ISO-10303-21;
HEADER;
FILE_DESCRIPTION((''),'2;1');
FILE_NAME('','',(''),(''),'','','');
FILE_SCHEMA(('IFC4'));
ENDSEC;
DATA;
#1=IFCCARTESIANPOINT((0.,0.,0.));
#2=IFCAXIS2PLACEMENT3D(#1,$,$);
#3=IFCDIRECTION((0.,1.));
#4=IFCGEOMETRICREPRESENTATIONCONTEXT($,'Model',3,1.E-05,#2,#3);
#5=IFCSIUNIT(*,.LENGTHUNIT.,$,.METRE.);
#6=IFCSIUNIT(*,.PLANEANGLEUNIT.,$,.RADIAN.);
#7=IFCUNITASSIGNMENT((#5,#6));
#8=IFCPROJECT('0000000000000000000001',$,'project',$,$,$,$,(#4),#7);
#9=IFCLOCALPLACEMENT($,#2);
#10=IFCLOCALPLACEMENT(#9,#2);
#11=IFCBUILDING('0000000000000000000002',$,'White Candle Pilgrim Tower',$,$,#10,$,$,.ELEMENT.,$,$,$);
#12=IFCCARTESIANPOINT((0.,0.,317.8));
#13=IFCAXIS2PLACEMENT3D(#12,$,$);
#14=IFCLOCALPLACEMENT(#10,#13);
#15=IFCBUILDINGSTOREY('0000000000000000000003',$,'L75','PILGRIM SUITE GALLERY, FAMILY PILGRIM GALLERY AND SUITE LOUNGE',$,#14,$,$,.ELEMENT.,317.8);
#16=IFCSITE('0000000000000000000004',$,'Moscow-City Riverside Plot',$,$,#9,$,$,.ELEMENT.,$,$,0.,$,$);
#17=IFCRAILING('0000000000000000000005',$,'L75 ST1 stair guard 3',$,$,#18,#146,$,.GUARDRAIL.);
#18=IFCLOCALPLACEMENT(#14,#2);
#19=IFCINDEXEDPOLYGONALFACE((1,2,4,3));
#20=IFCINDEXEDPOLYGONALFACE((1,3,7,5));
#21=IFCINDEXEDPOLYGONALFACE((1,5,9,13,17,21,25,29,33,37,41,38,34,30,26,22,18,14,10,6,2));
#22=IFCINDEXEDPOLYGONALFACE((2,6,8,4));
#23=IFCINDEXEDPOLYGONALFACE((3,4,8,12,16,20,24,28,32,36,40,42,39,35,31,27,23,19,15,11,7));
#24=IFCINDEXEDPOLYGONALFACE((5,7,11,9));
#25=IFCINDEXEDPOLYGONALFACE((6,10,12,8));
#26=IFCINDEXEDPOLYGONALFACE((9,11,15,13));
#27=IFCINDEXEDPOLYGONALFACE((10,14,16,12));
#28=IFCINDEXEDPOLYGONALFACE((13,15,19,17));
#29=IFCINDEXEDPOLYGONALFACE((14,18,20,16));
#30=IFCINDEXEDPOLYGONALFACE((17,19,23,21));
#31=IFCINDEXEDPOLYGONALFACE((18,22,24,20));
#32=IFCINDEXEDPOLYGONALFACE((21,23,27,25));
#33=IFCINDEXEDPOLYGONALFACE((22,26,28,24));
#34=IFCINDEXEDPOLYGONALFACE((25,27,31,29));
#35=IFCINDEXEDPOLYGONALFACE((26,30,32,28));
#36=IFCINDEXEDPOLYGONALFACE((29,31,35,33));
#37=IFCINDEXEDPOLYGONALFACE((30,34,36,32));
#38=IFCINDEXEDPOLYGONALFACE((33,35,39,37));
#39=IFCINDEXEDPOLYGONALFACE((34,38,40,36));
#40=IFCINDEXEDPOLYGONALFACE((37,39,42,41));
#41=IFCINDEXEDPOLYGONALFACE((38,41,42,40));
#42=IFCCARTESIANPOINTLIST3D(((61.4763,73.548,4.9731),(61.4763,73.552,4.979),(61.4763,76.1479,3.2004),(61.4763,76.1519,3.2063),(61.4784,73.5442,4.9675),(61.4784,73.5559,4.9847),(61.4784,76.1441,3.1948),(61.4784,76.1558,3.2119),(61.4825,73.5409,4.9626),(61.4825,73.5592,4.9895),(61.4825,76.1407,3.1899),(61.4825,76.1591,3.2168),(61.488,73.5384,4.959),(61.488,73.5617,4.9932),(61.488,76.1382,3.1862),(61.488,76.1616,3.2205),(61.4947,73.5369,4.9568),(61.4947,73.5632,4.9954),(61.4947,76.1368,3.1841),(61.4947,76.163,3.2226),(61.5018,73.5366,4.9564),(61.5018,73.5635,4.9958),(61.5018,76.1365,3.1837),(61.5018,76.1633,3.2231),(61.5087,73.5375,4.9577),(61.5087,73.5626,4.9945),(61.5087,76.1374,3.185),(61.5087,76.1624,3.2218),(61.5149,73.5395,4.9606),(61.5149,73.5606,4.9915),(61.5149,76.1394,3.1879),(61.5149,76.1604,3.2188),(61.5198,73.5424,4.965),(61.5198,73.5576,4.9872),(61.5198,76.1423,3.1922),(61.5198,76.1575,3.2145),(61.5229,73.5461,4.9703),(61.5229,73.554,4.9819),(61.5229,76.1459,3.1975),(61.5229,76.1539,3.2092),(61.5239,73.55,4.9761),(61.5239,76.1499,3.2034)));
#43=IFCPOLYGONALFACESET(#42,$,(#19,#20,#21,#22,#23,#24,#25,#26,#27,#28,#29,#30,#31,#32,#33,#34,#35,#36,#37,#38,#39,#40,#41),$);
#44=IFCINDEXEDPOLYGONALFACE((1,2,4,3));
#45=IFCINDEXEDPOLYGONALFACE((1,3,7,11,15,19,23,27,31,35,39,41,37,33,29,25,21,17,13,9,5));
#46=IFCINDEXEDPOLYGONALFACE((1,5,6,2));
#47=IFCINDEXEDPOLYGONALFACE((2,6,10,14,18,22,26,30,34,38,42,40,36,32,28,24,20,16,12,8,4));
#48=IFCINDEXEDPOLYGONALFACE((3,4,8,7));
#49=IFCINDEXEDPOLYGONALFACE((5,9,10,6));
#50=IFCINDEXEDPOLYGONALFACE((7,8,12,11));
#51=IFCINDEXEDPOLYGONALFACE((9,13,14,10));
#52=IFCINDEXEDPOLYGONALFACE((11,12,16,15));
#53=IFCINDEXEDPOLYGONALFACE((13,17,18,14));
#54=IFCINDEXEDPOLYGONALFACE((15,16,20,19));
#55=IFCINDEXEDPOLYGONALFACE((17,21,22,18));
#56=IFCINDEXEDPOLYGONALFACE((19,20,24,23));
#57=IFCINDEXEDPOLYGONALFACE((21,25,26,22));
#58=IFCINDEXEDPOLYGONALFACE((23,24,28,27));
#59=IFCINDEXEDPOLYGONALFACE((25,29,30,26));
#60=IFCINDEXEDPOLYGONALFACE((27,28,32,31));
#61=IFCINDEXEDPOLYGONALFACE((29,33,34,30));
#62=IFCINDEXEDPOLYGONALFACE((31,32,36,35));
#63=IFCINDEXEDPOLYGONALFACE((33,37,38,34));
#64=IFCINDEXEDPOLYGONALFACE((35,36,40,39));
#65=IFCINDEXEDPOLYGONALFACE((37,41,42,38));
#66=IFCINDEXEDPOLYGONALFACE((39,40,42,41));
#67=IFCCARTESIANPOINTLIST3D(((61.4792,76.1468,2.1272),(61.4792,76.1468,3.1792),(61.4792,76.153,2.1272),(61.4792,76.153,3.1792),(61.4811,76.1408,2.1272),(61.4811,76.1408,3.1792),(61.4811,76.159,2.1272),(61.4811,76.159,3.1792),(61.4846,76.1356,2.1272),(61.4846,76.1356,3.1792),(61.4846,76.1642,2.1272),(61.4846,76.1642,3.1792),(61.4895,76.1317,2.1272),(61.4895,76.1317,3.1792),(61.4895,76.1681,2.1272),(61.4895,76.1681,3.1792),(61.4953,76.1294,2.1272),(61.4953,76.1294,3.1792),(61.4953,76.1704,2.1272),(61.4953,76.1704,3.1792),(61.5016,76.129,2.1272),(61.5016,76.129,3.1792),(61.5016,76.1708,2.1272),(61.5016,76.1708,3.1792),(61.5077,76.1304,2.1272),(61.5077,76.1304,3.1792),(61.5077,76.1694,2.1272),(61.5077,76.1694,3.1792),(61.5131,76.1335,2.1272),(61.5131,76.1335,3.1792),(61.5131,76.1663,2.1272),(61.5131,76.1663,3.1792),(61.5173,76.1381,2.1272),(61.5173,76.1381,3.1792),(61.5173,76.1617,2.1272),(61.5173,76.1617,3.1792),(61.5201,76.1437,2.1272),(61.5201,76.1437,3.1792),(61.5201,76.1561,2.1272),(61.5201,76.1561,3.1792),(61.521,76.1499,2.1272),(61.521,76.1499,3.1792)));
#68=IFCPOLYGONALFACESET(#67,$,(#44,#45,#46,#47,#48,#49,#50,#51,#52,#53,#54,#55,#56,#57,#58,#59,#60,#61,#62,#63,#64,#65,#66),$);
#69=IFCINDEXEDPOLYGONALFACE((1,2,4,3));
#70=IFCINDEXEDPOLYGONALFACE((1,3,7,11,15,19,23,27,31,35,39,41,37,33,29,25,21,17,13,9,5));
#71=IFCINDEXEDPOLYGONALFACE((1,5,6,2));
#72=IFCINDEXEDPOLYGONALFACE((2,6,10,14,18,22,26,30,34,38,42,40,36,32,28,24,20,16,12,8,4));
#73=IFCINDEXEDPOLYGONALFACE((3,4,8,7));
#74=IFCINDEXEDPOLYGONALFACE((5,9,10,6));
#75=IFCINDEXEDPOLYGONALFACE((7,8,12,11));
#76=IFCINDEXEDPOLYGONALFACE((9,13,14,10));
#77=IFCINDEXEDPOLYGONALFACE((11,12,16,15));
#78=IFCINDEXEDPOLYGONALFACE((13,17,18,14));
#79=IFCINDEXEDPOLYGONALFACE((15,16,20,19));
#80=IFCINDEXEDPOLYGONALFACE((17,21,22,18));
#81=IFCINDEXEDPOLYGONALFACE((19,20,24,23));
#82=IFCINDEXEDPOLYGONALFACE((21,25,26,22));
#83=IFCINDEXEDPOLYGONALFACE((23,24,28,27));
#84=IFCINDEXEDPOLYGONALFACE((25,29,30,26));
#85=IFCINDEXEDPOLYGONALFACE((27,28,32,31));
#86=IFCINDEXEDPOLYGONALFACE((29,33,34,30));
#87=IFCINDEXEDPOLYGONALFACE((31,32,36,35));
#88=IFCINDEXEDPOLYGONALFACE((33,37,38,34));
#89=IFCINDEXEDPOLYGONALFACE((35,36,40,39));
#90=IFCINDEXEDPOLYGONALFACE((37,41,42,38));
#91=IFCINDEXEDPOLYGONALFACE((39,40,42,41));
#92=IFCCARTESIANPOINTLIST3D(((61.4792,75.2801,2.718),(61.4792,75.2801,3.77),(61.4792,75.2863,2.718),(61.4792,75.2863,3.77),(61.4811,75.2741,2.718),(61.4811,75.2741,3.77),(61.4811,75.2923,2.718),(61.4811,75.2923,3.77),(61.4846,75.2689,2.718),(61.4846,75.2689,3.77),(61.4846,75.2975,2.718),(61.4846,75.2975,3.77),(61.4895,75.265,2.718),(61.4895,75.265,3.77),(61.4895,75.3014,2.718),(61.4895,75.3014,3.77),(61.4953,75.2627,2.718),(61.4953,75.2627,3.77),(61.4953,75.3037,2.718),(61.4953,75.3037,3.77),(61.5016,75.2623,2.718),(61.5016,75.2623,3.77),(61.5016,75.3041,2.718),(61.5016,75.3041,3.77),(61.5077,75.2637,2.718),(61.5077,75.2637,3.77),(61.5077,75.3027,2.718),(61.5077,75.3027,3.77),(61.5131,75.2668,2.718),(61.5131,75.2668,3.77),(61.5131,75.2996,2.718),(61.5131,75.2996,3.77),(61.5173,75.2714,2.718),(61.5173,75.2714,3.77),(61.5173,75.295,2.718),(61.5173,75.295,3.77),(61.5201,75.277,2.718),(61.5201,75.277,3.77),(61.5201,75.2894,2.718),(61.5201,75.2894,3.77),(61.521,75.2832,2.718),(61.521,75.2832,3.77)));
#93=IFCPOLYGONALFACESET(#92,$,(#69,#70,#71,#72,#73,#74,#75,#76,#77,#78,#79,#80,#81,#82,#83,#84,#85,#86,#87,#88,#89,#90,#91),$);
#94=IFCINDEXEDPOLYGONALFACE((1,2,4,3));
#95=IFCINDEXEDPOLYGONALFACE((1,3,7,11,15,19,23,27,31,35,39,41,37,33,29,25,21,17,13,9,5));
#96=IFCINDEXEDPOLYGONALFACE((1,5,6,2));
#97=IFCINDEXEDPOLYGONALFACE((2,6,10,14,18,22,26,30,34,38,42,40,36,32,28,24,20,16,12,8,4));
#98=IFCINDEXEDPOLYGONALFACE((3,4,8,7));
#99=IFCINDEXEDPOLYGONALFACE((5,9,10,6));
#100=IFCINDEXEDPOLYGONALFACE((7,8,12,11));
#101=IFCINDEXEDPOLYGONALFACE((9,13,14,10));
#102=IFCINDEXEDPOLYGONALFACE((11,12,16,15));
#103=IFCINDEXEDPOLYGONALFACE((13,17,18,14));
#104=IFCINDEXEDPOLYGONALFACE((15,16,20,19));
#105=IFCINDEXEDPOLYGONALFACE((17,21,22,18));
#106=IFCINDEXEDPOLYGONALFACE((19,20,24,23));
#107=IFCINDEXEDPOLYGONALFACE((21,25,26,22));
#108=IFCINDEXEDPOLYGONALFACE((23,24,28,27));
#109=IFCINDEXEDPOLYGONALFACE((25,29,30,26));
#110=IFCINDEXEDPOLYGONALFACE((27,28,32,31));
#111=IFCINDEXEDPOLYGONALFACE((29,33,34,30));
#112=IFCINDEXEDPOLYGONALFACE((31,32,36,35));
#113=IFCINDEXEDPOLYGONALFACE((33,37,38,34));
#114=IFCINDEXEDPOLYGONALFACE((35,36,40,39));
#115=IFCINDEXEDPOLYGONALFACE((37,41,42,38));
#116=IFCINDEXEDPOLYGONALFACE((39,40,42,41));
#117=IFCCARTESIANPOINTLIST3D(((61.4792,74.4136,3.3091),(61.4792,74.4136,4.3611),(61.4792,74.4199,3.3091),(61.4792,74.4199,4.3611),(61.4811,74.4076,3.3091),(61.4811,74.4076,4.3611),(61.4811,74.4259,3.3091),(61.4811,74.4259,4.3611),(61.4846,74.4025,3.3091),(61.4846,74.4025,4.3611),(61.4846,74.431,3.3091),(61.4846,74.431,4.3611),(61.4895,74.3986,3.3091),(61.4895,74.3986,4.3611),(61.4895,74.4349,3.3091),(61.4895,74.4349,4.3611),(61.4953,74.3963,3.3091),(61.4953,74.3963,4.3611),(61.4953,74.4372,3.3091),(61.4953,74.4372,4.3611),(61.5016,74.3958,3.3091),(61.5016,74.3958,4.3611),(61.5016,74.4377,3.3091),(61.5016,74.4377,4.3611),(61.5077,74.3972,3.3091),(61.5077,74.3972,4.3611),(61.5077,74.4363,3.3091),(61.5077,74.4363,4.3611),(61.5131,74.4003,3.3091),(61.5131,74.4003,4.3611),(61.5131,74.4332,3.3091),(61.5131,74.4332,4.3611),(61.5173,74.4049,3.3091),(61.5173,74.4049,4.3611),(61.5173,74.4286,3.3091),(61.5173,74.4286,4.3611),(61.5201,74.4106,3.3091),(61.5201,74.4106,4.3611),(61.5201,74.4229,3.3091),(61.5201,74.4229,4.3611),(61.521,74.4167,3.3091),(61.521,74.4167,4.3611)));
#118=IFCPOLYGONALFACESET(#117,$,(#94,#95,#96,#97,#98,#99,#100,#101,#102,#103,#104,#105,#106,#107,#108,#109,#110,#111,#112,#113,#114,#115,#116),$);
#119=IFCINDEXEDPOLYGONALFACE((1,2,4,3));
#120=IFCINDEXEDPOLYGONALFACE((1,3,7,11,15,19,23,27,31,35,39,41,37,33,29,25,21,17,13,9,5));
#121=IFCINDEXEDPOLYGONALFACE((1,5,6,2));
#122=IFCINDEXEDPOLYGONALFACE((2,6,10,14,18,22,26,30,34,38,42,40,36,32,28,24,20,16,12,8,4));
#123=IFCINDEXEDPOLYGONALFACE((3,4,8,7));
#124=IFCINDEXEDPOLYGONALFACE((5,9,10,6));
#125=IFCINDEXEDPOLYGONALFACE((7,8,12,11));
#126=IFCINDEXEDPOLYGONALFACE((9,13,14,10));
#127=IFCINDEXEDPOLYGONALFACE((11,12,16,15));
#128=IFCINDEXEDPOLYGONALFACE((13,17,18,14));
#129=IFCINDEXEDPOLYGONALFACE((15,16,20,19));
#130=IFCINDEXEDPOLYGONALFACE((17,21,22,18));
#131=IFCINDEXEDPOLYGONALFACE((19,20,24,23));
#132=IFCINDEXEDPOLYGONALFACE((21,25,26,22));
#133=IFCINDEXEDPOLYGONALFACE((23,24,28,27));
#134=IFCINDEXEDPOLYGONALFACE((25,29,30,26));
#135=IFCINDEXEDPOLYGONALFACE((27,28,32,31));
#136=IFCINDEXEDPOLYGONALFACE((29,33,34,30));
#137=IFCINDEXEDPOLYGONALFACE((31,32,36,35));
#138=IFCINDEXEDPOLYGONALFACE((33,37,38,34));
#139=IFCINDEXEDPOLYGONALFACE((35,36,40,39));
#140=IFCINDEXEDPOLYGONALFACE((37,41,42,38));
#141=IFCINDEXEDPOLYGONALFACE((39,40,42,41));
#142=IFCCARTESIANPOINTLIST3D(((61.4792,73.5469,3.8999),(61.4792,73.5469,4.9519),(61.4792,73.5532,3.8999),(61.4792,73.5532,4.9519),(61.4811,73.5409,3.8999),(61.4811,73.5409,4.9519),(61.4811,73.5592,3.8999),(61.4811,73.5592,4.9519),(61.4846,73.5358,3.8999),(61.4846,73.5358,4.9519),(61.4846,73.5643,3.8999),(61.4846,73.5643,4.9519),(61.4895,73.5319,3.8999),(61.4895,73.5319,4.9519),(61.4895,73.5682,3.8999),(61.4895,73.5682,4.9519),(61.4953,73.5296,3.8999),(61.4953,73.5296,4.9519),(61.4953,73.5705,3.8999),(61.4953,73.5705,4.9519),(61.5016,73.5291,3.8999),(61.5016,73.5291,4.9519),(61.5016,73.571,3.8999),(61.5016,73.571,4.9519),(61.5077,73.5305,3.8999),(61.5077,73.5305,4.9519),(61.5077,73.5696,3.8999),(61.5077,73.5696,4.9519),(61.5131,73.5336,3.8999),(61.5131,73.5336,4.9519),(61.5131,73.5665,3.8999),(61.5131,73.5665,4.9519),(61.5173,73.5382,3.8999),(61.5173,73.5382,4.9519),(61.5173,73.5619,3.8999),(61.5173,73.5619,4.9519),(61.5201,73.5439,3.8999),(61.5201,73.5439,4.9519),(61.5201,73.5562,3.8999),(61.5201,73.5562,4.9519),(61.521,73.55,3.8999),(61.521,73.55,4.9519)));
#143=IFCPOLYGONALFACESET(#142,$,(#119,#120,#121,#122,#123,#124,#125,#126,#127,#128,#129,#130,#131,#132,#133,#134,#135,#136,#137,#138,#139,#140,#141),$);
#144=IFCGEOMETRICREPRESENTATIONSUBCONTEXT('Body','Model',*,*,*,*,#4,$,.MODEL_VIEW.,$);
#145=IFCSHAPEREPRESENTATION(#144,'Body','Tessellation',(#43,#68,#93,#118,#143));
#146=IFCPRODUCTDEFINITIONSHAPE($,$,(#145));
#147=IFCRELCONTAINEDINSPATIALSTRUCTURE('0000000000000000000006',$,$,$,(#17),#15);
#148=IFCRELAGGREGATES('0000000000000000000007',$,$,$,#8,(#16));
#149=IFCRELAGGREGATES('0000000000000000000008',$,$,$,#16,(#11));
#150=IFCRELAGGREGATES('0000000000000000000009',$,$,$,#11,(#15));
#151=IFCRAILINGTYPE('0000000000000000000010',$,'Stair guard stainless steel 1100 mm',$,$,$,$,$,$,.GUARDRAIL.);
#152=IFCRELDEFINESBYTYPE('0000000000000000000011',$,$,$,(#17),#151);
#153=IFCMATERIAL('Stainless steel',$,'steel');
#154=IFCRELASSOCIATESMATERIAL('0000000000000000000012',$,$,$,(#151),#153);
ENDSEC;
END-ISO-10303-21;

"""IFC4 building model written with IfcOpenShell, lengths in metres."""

from ifc_helpers import new_model, si_unit, direction, frame, origin, origin_2d, place, context, subcontext, project, spatial, circle, extrude, material, type_object, element, save


model = new_model("IFC4")

# Units and contexts
model_context = context("Model", 3, precision=1e-05, world=origin(), true_north=direction((0.0, 1.0)))
body_context = subcontext(model_context, "Body", "Model", "MODEL_VIEW")
ifc_project = project(units=[si_unit("LENGTHUNIT", "METRE"), si_unit("PLANEANGLEUNIT", "RADIAN")], contexts=[model_context])

# Site, building, storey
site_placement = place(None, origin())
site = spatial("IfcSite", under=ifc_project, at=site_placement, Name="Moscow-City Riverside Plot", CompositionType="ELEMENT", RefElevation=0.0)
building_placement = place(site_placement, origin())
building = spatial("IfcBuilding", under=site, at=building_placement, Name="White Candle Pilgrim Tower", CompositionType="ELEMENT")
storey_placement = place(building_placement, frame((0.0, 0.0, 317.8)))
storey = spatial("IfcBuildingStorey", under=building, at=storey_placement, Name="L75", Description="PILGRIM SUITE GALLERY, FAMILY PILGRIM GALLERY AND SUITE LOUNGE", CompositionType="ELEMENT", Elevation=317.8)

# Shared definitions
ifc_material_1 = material(Name="Stainless steel", Category="steel")

# Railing
railing_type_1 = type_object("IfcRailingType", Name="Stair guard stainless steel 1100 mm", PredefinedType="GUARDRAIL", material=ifc_material_1)
railing_1_placement = place(storey_placement, frame((61.5, 76.1499, 2.1272)))
element("IfcRailing", 1, at=railing_1_placement, inside=storey, type_object=railing_type_1, Name="L75 ST1 stair guard 3", PredefinedType="GUARDRAIL", context=body_context, shape_type="SweptSolid", body=[
    extrude(circle(Radius=0.0239, at=origin_2d()), frame((0.0, 0.0, 1.0762), z_axis=(0.0, -0.826216, 0.563354), x_axis=(1.0, 0.0, 0.0)), (0.0, 0.0, 1.0), 3.1467),
    extrude(circle(Radius=0.021, at=origin_2d()), origin(), (0.0, 0.0, 1.0), 1.052),
    extrude(circle(Radius=0.021, at=origin_2d()), frame((0.0, -0.8667, 0.5908)), (0.0, 0.0, 1.0), 1.052),
    extrude(circle(Radius=0.021, at=origin_2d()), frame((0.0, -1.7332, 1.1819)), (0.0, 0.0, 1.0), 1.052),
    extrude(circle(Radius=0.021, at=origin_2d()), frame((0.0, -2.5999, 1.7727)), (0.0, 0.0, 1.0), 1.052),
])

save(model, "model.ifc")
